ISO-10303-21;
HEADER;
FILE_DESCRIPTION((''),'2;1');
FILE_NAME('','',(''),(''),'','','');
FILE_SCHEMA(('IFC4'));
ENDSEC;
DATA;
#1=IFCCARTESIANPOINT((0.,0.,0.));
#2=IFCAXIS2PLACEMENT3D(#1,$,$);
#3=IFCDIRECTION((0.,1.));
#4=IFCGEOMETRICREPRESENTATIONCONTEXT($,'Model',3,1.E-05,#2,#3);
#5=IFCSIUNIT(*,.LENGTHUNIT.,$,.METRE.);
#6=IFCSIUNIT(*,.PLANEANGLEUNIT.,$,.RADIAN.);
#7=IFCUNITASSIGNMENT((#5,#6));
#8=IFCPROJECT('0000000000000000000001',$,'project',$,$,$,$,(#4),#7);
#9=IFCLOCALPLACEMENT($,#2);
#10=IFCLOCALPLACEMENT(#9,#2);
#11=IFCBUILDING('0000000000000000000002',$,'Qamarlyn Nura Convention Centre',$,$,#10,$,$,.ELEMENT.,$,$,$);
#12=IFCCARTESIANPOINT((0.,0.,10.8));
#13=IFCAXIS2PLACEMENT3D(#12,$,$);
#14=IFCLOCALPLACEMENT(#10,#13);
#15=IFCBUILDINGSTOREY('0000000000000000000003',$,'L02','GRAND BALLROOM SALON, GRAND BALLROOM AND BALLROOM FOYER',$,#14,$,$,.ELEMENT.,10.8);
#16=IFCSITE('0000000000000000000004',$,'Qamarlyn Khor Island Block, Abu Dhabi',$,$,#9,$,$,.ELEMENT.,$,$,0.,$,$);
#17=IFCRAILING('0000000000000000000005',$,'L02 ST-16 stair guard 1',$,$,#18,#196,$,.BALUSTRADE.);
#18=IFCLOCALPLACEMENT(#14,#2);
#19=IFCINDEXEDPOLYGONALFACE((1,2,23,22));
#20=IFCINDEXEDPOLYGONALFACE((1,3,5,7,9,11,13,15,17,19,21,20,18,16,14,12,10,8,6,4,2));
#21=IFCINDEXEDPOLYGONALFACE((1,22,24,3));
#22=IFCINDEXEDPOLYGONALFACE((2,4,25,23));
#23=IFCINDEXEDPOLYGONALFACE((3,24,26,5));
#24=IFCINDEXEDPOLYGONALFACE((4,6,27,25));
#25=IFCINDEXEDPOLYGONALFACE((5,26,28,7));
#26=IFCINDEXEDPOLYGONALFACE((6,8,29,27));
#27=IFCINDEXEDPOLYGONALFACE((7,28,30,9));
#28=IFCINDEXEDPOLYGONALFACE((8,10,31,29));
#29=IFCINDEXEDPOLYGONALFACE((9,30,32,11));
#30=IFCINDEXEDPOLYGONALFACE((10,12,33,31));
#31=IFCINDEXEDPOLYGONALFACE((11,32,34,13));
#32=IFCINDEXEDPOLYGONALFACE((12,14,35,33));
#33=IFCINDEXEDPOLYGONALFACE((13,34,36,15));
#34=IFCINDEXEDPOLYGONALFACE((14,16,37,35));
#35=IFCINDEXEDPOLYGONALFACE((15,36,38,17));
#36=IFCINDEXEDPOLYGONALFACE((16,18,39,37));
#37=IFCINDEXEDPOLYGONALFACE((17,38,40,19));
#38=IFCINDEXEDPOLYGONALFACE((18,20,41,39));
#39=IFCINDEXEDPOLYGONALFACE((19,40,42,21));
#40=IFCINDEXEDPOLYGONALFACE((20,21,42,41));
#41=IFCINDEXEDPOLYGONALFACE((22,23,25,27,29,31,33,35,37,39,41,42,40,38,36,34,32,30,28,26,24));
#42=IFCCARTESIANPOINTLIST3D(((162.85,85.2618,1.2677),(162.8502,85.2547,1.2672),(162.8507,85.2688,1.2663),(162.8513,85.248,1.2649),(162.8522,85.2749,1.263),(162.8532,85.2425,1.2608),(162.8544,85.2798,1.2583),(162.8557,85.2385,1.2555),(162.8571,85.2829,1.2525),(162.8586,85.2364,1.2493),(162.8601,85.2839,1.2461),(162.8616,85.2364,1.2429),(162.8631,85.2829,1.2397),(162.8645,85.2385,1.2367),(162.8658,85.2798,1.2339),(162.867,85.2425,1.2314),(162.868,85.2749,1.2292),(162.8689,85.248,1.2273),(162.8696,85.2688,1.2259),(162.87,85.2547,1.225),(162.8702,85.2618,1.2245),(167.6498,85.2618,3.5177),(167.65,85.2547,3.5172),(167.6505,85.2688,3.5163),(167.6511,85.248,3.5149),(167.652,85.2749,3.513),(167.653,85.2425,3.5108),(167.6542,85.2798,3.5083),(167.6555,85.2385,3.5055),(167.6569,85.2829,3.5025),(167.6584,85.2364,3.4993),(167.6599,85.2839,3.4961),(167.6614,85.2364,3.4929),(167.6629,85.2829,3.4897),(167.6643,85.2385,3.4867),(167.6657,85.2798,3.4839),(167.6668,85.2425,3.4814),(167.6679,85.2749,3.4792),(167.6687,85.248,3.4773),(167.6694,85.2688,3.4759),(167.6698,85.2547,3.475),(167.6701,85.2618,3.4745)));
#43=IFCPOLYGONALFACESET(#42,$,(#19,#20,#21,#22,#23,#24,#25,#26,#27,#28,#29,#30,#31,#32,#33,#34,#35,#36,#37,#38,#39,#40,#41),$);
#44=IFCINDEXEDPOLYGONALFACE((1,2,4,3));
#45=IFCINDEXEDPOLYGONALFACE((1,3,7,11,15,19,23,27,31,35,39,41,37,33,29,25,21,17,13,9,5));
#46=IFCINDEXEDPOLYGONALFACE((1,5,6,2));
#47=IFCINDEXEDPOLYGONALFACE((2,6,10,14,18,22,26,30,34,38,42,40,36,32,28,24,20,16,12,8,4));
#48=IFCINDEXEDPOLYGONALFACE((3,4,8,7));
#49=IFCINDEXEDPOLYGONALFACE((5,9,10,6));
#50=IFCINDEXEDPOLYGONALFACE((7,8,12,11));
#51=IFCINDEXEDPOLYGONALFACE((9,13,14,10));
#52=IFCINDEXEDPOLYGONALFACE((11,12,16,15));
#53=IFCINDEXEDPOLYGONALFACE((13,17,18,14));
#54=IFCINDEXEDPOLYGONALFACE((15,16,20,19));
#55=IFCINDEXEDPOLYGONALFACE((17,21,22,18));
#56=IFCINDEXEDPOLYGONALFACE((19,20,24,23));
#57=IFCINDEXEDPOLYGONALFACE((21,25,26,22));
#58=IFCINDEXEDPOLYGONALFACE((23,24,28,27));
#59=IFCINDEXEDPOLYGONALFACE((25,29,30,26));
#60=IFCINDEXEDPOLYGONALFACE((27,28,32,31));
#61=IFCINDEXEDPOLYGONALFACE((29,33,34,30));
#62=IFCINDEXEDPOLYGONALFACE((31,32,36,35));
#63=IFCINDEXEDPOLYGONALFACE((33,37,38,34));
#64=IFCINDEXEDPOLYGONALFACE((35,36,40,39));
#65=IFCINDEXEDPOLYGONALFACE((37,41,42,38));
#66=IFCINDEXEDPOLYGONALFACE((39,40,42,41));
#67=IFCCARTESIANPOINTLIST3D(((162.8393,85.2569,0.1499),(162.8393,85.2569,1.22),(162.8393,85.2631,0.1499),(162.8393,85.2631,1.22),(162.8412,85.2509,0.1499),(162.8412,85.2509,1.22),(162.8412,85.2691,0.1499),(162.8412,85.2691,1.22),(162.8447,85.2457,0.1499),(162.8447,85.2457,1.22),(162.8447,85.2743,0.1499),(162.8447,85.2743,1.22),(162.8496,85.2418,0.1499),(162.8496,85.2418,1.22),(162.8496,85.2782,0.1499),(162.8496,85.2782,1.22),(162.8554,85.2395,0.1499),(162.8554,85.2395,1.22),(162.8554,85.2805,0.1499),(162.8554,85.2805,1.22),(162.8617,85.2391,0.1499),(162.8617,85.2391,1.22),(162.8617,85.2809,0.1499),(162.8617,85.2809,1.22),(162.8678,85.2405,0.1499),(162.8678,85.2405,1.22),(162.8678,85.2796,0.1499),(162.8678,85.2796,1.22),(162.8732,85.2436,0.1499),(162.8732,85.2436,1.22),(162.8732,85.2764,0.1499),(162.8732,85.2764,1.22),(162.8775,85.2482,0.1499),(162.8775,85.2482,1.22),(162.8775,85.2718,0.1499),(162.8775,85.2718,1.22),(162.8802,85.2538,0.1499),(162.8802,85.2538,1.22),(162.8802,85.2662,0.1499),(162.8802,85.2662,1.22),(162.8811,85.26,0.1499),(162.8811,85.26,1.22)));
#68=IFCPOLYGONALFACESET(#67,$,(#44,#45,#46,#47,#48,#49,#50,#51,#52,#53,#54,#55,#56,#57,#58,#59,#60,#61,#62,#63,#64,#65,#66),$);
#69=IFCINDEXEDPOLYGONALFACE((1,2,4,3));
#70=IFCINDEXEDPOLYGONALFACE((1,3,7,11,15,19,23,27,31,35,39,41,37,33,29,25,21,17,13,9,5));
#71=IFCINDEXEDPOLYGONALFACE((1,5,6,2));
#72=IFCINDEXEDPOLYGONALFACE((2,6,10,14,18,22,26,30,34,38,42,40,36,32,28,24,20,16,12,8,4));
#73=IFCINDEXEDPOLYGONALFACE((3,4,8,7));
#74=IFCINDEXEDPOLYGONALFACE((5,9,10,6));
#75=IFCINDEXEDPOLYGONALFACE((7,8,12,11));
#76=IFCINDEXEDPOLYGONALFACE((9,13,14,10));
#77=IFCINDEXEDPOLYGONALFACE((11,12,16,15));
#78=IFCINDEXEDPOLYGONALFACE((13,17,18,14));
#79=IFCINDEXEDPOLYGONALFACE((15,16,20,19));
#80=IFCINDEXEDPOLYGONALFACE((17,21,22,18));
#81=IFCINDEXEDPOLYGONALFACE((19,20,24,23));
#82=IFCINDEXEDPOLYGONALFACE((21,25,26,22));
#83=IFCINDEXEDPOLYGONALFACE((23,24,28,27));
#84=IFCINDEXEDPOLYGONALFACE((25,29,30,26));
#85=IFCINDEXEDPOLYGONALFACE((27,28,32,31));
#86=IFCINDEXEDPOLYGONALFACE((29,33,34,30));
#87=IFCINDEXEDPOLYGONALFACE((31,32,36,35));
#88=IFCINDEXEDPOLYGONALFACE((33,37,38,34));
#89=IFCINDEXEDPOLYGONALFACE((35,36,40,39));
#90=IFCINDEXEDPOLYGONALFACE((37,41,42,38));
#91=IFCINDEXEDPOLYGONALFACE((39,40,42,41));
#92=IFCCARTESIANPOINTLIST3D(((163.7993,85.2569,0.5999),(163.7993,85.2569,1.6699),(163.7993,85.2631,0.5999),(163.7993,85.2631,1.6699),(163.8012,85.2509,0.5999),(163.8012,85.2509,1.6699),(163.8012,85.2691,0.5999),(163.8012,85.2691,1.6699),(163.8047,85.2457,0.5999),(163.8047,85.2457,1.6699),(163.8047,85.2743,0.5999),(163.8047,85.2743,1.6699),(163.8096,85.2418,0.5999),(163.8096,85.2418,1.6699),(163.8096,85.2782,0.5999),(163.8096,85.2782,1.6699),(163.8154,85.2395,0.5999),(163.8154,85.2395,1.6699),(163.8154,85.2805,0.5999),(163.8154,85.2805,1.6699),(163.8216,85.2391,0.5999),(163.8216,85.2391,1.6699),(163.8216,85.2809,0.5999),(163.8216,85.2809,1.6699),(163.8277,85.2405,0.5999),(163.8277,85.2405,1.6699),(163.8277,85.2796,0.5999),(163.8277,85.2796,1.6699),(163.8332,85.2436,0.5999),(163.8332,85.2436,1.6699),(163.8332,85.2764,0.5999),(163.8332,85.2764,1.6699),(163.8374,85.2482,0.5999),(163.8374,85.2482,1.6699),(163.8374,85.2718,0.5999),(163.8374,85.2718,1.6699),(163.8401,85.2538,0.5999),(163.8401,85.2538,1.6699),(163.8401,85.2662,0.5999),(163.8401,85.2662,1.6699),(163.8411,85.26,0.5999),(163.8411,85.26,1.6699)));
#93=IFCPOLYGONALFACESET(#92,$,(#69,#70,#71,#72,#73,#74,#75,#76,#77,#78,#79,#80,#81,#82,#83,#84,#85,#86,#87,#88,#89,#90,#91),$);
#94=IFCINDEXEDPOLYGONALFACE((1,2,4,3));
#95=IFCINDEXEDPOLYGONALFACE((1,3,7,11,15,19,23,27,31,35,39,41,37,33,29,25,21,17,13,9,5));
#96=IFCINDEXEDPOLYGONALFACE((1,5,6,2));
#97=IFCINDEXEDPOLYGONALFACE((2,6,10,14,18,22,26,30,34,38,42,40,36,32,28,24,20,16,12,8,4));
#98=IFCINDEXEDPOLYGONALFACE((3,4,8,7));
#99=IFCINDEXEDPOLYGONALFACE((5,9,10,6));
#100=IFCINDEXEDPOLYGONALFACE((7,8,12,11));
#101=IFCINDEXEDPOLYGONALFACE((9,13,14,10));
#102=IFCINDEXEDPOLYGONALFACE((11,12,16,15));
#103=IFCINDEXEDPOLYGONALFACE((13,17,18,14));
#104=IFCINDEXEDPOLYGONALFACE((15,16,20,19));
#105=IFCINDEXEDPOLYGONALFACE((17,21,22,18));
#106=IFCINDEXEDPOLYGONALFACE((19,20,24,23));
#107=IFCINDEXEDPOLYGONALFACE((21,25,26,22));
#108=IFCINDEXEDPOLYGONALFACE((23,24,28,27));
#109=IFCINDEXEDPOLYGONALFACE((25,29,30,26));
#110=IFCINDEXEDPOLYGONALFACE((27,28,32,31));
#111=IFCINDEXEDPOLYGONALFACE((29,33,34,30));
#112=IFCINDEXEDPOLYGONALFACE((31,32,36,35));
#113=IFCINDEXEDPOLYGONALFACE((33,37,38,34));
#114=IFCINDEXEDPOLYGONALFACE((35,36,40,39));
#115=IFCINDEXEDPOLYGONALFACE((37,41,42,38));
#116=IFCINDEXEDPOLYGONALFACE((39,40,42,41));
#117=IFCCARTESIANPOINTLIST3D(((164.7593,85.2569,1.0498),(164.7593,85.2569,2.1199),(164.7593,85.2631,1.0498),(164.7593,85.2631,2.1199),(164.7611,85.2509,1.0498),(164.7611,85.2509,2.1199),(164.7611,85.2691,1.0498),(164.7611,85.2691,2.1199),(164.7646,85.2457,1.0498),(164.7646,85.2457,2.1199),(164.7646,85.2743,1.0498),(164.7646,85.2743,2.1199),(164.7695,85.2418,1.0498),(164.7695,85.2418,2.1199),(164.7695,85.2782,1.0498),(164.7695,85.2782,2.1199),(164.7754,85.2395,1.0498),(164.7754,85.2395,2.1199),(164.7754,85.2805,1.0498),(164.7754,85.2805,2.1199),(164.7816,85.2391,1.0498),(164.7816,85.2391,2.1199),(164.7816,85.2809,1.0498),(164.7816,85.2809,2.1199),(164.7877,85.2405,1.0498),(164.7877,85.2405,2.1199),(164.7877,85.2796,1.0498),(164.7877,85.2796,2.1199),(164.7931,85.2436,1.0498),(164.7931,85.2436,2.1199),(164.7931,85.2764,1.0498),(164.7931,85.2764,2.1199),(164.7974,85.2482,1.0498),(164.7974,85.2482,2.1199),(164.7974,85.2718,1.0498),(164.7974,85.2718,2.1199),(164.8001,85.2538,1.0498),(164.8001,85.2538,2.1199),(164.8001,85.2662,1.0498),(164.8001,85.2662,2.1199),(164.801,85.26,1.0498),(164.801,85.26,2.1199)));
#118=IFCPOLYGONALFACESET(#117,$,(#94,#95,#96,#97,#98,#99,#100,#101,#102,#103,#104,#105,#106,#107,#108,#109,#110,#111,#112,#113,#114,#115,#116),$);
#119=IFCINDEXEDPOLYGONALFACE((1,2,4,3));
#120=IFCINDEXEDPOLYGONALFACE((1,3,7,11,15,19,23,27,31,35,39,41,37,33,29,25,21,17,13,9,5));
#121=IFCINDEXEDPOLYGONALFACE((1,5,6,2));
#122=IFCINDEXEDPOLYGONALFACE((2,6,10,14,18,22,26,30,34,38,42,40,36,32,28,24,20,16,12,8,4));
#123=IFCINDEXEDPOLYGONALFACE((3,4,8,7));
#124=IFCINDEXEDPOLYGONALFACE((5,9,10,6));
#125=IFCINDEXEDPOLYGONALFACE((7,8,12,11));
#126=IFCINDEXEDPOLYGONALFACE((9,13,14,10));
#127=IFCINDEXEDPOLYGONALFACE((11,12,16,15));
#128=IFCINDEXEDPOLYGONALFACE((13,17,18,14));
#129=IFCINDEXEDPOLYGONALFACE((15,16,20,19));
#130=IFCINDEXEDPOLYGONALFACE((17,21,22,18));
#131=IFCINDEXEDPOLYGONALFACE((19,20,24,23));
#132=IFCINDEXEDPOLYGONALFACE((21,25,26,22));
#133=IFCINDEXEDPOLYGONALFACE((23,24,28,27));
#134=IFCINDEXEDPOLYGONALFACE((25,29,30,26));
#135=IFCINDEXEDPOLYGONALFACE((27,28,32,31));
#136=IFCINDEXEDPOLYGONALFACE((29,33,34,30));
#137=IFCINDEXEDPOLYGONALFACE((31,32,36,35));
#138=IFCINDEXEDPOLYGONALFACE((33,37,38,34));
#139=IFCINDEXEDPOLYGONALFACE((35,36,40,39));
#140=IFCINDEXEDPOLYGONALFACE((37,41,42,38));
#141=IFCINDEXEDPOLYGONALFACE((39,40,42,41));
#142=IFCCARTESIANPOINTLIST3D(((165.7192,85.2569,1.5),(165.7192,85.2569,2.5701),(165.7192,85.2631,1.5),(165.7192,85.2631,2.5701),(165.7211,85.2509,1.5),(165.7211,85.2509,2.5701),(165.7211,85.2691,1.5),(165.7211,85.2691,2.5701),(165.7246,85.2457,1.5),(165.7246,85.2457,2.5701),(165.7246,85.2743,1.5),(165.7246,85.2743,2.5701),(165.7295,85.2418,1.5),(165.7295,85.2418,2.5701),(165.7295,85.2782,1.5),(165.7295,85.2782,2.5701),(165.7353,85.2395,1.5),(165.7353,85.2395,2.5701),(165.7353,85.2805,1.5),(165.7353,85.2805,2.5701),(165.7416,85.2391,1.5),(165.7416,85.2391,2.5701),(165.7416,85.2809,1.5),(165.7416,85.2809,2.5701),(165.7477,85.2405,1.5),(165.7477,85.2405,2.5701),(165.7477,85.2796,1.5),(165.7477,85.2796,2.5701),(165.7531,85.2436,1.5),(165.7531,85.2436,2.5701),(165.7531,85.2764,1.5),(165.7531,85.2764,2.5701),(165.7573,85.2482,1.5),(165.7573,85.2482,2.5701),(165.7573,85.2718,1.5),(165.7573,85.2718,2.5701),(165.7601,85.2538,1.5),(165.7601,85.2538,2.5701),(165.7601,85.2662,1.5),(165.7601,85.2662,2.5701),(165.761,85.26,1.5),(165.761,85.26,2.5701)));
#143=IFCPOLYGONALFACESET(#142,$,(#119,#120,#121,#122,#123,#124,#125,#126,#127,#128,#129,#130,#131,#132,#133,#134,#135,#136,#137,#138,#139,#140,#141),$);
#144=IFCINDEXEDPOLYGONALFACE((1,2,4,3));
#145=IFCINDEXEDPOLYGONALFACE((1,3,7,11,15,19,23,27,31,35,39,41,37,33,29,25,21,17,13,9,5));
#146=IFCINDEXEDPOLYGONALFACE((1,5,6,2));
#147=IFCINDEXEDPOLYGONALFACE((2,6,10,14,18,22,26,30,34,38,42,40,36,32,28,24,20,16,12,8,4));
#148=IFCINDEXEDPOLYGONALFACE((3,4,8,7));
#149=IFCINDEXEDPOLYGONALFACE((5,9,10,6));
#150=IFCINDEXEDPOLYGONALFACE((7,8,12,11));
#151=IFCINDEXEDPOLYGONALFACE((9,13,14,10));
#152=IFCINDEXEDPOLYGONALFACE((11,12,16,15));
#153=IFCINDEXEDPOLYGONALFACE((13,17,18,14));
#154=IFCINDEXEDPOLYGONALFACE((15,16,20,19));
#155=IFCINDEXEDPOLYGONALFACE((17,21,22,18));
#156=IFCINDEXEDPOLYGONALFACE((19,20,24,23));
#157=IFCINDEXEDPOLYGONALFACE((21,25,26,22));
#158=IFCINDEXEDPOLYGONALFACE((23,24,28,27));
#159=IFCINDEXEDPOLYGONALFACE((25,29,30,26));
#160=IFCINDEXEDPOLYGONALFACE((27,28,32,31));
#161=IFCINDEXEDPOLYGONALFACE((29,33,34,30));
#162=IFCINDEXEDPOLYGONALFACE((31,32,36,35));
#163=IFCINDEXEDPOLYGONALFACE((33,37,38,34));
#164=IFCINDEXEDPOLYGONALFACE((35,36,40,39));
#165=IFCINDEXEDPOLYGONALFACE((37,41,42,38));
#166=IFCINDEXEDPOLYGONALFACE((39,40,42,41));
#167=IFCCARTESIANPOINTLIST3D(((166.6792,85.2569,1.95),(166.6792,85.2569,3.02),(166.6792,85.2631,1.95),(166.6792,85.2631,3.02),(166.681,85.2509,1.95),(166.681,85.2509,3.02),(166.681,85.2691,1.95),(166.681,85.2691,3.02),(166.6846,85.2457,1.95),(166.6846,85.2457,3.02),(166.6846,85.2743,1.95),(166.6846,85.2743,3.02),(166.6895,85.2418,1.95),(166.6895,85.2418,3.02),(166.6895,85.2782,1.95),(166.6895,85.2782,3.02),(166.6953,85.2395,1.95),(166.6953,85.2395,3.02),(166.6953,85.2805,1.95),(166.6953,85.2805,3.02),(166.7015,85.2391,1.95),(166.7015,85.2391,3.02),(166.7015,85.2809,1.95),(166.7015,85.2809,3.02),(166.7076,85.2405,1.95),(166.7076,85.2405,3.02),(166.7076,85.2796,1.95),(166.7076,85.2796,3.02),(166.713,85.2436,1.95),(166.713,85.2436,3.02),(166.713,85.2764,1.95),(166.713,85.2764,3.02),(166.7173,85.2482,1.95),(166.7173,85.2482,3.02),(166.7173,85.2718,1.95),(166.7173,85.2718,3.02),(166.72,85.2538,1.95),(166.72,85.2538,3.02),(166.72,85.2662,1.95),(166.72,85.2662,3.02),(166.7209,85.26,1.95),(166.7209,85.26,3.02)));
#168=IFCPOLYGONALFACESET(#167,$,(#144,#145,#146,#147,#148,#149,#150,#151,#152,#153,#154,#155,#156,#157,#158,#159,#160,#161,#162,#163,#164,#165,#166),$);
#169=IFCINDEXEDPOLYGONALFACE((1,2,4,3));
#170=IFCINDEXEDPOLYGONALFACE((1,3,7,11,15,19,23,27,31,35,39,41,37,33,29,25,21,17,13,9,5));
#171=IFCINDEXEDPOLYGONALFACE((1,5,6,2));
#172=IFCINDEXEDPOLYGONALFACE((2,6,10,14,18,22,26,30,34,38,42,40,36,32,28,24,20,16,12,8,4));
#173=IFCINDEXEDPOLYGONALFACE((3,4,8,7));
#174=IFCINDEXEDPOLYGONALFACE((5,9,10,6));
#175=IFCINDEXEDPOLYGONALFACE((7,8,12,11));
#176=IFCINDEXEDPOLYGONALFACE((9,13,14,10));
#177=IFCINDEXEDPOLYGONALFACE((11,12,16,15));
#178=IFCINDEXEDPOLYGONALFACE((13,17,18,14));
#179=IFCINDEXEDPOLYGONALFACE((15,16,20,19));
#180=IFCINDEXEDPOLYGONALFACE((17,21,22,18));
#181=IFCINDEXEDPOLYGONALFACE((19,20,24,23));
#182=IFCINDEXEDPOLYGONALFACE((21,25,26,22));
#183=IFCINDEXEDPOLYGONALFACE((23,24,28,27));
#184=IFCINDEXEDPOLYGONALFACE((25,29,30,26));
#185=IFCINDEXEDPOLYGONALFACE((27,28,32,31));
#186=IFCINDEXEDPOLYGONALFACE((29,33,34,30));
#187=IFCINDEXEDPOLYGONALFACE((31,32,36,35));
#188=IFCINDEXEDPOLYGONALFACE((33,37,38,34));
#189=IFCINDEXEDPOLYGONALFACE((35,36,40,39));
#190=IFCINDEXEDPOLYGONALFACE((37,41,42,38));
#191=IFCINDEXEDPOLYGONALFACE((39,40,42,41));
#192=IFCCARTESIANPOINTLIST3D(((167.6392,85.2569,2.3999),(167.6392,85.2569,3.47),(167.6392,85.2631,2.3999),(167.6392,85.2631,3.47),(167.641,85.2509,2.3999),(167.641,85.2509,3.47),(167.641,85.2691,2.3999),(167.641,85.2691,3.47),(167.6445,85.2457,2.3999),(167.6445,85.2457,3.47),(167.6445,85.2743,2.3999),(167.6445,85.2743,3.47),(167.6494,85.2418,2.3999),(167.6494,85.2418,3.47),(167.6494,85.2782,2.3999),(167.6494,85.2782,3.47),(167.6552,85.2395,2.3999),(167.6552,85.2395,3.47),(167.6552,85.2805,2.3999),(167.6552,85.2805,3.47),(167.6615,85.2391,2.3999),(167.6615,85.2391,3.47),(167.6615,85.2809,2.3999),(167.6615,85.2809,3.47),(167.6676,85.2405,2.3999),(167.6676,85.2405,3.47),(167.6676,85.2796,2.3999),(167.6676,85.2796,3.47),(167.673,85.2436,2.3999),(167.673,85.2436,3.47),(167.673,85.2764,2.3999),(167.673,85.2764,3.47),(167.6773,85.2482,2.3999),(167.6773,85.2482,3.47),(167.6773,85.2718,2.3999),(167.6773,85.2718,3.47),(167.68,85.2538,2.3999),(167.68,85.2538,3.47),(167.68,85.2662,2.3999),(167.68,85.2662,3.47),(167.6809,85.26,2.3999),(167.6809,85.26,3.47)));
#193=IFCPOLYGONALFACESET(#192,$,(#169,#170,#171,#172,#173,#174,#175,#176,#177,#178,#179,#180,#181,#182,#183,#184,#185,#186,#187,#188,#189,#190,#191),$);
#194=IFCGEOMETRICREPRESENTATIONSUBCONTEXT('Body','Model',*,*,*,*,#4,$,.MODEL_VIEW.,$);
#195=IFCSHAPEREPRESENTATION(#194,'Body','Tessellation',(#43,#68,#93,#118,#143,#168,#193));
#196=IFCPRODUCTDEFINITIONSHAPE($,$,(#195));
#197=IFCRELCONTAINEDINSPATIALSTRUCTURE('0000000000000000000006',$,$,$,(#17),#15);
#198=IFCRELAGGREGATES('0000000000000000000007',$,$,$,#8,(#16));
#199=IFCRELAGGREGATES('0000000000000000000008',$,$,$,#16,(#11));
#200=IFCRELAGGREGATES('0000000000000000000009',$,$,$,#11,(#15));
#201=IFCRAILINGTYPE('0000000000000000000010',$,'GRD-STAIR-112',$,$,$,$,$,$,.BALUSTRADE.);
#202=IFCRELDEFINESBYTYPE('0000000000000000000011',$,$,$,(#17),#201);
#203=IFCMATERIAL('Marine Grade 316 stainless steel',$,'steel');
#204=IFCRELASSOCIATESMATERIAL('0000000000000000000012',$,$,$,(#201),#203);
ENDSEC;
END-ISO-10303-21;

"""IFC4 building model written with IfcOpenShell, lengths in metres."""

from ifc_helpers import new_model, si_unit, direction, frame, origin, origin_2d, place, context, subcontext, project, spatial, circle, extrude, material, type_object, element, save


model = new_model("IFC4")

# Units and contexts
model_context = context("Model", 3, precision=1e-05, world=origin(), true_north=direction((0.0, 1.0)))
body_context = subcontext(model_context, "Body", "Model", "MODEL_VIEW")
ifc_project = project(units=[si_unit("LENGTHUNIT", "METRE"), si_unit("PLANEANGLEUNIT", "RADIAN")], contexts=[model_context])

# Site, building, storey
site_placement = place(None, origin())
site = spatial("IfcSite", under=ifc_project, at=site_placement, Name="Qamarlyn Khor Island Block, Abu Dhabi", CompositionType="ELEMENT", RefElevation=0.0)
building_placement = place(site_placement, origin())
building = spatial("IfcBuilding", under=site, at=building_placement, Name="Qamarlyn Nura Convention Centre", CompositionType="ELEMENT")
storey_placement = place(building_placement, frame((0.0, 0.0, 10.8)))
storey = spatial("IfcBuildingStorey", under=building, at=storey_placement, Name="L02", Description="GRAND BALLROOM SALON, GRAND BALLROOM AND BALLROOM FOYER", CompositionType="ELEMENT", Elevation=10.8)

# Railing
ifc_material_1 = material(Name="Marine Grade 316 stainless steel", Category="steel")
railing_type_1 = type_object("IfcRailingType", Name="GRD-STAIR-112", PredefinedType="BALUSTRADE", material=ifc_material_1)
railing_1_placement = place(storey_placement, frame((162.8601, 85.26, 0.1499)))
element("IfcRailing", 1, at=railing_1_placement, inside=storey, type_object=railing_type_1, Name="L02 ST-16 stair guard 1", PredefinedType="BALUSTRADE", context=body_context, shape_type="SweptSolid", body=[
    extrude(circle(Radius=0.0239, at=origin_2d()), frame((0.0, 0.0, 1.0962), z_axis=(0.905452, 0.0, 0.424448), x_axis=(0.0, 1.0, 0.0)), (0.0, 0.0, 1.0), 5.301),
    extrude(circle(Radius=0.021, at=origin_2d()), origin(), (0.0, 0.0, 1.0), 1.0701),
    extrude(circle(Radius=0.021, at=origin_2d()), frame((0.96, 0.0, 0.45)), (0.0, 0.0, 1.0), 1.0701),
    extrude(circle(Radius=0.021, at=origin_2d()), frame((1.9199, 0.0, 0.8999)), (0.0, 0.0, 1.0), 1.0701),
    extrude(circle(Radius=0.021, at=origin_2d()), frame((2.8799, 0.0, 1.3501)), (0.0, 0.0, 1.0), 1.0701),
    extrude(circle(Radius=0.021, at=origin_2d()), frame((3.8398, 0.0, 1.8)), (0.0, 0.0, 1.0), 1.0701),
    extrude(circle(Radius=0.021, at=origin_2d()), frame((4.7998, 0.0, 2.25)), (0.0, 0.0, 1.0), 1.0701),
])

save(model, "model.ifc")
